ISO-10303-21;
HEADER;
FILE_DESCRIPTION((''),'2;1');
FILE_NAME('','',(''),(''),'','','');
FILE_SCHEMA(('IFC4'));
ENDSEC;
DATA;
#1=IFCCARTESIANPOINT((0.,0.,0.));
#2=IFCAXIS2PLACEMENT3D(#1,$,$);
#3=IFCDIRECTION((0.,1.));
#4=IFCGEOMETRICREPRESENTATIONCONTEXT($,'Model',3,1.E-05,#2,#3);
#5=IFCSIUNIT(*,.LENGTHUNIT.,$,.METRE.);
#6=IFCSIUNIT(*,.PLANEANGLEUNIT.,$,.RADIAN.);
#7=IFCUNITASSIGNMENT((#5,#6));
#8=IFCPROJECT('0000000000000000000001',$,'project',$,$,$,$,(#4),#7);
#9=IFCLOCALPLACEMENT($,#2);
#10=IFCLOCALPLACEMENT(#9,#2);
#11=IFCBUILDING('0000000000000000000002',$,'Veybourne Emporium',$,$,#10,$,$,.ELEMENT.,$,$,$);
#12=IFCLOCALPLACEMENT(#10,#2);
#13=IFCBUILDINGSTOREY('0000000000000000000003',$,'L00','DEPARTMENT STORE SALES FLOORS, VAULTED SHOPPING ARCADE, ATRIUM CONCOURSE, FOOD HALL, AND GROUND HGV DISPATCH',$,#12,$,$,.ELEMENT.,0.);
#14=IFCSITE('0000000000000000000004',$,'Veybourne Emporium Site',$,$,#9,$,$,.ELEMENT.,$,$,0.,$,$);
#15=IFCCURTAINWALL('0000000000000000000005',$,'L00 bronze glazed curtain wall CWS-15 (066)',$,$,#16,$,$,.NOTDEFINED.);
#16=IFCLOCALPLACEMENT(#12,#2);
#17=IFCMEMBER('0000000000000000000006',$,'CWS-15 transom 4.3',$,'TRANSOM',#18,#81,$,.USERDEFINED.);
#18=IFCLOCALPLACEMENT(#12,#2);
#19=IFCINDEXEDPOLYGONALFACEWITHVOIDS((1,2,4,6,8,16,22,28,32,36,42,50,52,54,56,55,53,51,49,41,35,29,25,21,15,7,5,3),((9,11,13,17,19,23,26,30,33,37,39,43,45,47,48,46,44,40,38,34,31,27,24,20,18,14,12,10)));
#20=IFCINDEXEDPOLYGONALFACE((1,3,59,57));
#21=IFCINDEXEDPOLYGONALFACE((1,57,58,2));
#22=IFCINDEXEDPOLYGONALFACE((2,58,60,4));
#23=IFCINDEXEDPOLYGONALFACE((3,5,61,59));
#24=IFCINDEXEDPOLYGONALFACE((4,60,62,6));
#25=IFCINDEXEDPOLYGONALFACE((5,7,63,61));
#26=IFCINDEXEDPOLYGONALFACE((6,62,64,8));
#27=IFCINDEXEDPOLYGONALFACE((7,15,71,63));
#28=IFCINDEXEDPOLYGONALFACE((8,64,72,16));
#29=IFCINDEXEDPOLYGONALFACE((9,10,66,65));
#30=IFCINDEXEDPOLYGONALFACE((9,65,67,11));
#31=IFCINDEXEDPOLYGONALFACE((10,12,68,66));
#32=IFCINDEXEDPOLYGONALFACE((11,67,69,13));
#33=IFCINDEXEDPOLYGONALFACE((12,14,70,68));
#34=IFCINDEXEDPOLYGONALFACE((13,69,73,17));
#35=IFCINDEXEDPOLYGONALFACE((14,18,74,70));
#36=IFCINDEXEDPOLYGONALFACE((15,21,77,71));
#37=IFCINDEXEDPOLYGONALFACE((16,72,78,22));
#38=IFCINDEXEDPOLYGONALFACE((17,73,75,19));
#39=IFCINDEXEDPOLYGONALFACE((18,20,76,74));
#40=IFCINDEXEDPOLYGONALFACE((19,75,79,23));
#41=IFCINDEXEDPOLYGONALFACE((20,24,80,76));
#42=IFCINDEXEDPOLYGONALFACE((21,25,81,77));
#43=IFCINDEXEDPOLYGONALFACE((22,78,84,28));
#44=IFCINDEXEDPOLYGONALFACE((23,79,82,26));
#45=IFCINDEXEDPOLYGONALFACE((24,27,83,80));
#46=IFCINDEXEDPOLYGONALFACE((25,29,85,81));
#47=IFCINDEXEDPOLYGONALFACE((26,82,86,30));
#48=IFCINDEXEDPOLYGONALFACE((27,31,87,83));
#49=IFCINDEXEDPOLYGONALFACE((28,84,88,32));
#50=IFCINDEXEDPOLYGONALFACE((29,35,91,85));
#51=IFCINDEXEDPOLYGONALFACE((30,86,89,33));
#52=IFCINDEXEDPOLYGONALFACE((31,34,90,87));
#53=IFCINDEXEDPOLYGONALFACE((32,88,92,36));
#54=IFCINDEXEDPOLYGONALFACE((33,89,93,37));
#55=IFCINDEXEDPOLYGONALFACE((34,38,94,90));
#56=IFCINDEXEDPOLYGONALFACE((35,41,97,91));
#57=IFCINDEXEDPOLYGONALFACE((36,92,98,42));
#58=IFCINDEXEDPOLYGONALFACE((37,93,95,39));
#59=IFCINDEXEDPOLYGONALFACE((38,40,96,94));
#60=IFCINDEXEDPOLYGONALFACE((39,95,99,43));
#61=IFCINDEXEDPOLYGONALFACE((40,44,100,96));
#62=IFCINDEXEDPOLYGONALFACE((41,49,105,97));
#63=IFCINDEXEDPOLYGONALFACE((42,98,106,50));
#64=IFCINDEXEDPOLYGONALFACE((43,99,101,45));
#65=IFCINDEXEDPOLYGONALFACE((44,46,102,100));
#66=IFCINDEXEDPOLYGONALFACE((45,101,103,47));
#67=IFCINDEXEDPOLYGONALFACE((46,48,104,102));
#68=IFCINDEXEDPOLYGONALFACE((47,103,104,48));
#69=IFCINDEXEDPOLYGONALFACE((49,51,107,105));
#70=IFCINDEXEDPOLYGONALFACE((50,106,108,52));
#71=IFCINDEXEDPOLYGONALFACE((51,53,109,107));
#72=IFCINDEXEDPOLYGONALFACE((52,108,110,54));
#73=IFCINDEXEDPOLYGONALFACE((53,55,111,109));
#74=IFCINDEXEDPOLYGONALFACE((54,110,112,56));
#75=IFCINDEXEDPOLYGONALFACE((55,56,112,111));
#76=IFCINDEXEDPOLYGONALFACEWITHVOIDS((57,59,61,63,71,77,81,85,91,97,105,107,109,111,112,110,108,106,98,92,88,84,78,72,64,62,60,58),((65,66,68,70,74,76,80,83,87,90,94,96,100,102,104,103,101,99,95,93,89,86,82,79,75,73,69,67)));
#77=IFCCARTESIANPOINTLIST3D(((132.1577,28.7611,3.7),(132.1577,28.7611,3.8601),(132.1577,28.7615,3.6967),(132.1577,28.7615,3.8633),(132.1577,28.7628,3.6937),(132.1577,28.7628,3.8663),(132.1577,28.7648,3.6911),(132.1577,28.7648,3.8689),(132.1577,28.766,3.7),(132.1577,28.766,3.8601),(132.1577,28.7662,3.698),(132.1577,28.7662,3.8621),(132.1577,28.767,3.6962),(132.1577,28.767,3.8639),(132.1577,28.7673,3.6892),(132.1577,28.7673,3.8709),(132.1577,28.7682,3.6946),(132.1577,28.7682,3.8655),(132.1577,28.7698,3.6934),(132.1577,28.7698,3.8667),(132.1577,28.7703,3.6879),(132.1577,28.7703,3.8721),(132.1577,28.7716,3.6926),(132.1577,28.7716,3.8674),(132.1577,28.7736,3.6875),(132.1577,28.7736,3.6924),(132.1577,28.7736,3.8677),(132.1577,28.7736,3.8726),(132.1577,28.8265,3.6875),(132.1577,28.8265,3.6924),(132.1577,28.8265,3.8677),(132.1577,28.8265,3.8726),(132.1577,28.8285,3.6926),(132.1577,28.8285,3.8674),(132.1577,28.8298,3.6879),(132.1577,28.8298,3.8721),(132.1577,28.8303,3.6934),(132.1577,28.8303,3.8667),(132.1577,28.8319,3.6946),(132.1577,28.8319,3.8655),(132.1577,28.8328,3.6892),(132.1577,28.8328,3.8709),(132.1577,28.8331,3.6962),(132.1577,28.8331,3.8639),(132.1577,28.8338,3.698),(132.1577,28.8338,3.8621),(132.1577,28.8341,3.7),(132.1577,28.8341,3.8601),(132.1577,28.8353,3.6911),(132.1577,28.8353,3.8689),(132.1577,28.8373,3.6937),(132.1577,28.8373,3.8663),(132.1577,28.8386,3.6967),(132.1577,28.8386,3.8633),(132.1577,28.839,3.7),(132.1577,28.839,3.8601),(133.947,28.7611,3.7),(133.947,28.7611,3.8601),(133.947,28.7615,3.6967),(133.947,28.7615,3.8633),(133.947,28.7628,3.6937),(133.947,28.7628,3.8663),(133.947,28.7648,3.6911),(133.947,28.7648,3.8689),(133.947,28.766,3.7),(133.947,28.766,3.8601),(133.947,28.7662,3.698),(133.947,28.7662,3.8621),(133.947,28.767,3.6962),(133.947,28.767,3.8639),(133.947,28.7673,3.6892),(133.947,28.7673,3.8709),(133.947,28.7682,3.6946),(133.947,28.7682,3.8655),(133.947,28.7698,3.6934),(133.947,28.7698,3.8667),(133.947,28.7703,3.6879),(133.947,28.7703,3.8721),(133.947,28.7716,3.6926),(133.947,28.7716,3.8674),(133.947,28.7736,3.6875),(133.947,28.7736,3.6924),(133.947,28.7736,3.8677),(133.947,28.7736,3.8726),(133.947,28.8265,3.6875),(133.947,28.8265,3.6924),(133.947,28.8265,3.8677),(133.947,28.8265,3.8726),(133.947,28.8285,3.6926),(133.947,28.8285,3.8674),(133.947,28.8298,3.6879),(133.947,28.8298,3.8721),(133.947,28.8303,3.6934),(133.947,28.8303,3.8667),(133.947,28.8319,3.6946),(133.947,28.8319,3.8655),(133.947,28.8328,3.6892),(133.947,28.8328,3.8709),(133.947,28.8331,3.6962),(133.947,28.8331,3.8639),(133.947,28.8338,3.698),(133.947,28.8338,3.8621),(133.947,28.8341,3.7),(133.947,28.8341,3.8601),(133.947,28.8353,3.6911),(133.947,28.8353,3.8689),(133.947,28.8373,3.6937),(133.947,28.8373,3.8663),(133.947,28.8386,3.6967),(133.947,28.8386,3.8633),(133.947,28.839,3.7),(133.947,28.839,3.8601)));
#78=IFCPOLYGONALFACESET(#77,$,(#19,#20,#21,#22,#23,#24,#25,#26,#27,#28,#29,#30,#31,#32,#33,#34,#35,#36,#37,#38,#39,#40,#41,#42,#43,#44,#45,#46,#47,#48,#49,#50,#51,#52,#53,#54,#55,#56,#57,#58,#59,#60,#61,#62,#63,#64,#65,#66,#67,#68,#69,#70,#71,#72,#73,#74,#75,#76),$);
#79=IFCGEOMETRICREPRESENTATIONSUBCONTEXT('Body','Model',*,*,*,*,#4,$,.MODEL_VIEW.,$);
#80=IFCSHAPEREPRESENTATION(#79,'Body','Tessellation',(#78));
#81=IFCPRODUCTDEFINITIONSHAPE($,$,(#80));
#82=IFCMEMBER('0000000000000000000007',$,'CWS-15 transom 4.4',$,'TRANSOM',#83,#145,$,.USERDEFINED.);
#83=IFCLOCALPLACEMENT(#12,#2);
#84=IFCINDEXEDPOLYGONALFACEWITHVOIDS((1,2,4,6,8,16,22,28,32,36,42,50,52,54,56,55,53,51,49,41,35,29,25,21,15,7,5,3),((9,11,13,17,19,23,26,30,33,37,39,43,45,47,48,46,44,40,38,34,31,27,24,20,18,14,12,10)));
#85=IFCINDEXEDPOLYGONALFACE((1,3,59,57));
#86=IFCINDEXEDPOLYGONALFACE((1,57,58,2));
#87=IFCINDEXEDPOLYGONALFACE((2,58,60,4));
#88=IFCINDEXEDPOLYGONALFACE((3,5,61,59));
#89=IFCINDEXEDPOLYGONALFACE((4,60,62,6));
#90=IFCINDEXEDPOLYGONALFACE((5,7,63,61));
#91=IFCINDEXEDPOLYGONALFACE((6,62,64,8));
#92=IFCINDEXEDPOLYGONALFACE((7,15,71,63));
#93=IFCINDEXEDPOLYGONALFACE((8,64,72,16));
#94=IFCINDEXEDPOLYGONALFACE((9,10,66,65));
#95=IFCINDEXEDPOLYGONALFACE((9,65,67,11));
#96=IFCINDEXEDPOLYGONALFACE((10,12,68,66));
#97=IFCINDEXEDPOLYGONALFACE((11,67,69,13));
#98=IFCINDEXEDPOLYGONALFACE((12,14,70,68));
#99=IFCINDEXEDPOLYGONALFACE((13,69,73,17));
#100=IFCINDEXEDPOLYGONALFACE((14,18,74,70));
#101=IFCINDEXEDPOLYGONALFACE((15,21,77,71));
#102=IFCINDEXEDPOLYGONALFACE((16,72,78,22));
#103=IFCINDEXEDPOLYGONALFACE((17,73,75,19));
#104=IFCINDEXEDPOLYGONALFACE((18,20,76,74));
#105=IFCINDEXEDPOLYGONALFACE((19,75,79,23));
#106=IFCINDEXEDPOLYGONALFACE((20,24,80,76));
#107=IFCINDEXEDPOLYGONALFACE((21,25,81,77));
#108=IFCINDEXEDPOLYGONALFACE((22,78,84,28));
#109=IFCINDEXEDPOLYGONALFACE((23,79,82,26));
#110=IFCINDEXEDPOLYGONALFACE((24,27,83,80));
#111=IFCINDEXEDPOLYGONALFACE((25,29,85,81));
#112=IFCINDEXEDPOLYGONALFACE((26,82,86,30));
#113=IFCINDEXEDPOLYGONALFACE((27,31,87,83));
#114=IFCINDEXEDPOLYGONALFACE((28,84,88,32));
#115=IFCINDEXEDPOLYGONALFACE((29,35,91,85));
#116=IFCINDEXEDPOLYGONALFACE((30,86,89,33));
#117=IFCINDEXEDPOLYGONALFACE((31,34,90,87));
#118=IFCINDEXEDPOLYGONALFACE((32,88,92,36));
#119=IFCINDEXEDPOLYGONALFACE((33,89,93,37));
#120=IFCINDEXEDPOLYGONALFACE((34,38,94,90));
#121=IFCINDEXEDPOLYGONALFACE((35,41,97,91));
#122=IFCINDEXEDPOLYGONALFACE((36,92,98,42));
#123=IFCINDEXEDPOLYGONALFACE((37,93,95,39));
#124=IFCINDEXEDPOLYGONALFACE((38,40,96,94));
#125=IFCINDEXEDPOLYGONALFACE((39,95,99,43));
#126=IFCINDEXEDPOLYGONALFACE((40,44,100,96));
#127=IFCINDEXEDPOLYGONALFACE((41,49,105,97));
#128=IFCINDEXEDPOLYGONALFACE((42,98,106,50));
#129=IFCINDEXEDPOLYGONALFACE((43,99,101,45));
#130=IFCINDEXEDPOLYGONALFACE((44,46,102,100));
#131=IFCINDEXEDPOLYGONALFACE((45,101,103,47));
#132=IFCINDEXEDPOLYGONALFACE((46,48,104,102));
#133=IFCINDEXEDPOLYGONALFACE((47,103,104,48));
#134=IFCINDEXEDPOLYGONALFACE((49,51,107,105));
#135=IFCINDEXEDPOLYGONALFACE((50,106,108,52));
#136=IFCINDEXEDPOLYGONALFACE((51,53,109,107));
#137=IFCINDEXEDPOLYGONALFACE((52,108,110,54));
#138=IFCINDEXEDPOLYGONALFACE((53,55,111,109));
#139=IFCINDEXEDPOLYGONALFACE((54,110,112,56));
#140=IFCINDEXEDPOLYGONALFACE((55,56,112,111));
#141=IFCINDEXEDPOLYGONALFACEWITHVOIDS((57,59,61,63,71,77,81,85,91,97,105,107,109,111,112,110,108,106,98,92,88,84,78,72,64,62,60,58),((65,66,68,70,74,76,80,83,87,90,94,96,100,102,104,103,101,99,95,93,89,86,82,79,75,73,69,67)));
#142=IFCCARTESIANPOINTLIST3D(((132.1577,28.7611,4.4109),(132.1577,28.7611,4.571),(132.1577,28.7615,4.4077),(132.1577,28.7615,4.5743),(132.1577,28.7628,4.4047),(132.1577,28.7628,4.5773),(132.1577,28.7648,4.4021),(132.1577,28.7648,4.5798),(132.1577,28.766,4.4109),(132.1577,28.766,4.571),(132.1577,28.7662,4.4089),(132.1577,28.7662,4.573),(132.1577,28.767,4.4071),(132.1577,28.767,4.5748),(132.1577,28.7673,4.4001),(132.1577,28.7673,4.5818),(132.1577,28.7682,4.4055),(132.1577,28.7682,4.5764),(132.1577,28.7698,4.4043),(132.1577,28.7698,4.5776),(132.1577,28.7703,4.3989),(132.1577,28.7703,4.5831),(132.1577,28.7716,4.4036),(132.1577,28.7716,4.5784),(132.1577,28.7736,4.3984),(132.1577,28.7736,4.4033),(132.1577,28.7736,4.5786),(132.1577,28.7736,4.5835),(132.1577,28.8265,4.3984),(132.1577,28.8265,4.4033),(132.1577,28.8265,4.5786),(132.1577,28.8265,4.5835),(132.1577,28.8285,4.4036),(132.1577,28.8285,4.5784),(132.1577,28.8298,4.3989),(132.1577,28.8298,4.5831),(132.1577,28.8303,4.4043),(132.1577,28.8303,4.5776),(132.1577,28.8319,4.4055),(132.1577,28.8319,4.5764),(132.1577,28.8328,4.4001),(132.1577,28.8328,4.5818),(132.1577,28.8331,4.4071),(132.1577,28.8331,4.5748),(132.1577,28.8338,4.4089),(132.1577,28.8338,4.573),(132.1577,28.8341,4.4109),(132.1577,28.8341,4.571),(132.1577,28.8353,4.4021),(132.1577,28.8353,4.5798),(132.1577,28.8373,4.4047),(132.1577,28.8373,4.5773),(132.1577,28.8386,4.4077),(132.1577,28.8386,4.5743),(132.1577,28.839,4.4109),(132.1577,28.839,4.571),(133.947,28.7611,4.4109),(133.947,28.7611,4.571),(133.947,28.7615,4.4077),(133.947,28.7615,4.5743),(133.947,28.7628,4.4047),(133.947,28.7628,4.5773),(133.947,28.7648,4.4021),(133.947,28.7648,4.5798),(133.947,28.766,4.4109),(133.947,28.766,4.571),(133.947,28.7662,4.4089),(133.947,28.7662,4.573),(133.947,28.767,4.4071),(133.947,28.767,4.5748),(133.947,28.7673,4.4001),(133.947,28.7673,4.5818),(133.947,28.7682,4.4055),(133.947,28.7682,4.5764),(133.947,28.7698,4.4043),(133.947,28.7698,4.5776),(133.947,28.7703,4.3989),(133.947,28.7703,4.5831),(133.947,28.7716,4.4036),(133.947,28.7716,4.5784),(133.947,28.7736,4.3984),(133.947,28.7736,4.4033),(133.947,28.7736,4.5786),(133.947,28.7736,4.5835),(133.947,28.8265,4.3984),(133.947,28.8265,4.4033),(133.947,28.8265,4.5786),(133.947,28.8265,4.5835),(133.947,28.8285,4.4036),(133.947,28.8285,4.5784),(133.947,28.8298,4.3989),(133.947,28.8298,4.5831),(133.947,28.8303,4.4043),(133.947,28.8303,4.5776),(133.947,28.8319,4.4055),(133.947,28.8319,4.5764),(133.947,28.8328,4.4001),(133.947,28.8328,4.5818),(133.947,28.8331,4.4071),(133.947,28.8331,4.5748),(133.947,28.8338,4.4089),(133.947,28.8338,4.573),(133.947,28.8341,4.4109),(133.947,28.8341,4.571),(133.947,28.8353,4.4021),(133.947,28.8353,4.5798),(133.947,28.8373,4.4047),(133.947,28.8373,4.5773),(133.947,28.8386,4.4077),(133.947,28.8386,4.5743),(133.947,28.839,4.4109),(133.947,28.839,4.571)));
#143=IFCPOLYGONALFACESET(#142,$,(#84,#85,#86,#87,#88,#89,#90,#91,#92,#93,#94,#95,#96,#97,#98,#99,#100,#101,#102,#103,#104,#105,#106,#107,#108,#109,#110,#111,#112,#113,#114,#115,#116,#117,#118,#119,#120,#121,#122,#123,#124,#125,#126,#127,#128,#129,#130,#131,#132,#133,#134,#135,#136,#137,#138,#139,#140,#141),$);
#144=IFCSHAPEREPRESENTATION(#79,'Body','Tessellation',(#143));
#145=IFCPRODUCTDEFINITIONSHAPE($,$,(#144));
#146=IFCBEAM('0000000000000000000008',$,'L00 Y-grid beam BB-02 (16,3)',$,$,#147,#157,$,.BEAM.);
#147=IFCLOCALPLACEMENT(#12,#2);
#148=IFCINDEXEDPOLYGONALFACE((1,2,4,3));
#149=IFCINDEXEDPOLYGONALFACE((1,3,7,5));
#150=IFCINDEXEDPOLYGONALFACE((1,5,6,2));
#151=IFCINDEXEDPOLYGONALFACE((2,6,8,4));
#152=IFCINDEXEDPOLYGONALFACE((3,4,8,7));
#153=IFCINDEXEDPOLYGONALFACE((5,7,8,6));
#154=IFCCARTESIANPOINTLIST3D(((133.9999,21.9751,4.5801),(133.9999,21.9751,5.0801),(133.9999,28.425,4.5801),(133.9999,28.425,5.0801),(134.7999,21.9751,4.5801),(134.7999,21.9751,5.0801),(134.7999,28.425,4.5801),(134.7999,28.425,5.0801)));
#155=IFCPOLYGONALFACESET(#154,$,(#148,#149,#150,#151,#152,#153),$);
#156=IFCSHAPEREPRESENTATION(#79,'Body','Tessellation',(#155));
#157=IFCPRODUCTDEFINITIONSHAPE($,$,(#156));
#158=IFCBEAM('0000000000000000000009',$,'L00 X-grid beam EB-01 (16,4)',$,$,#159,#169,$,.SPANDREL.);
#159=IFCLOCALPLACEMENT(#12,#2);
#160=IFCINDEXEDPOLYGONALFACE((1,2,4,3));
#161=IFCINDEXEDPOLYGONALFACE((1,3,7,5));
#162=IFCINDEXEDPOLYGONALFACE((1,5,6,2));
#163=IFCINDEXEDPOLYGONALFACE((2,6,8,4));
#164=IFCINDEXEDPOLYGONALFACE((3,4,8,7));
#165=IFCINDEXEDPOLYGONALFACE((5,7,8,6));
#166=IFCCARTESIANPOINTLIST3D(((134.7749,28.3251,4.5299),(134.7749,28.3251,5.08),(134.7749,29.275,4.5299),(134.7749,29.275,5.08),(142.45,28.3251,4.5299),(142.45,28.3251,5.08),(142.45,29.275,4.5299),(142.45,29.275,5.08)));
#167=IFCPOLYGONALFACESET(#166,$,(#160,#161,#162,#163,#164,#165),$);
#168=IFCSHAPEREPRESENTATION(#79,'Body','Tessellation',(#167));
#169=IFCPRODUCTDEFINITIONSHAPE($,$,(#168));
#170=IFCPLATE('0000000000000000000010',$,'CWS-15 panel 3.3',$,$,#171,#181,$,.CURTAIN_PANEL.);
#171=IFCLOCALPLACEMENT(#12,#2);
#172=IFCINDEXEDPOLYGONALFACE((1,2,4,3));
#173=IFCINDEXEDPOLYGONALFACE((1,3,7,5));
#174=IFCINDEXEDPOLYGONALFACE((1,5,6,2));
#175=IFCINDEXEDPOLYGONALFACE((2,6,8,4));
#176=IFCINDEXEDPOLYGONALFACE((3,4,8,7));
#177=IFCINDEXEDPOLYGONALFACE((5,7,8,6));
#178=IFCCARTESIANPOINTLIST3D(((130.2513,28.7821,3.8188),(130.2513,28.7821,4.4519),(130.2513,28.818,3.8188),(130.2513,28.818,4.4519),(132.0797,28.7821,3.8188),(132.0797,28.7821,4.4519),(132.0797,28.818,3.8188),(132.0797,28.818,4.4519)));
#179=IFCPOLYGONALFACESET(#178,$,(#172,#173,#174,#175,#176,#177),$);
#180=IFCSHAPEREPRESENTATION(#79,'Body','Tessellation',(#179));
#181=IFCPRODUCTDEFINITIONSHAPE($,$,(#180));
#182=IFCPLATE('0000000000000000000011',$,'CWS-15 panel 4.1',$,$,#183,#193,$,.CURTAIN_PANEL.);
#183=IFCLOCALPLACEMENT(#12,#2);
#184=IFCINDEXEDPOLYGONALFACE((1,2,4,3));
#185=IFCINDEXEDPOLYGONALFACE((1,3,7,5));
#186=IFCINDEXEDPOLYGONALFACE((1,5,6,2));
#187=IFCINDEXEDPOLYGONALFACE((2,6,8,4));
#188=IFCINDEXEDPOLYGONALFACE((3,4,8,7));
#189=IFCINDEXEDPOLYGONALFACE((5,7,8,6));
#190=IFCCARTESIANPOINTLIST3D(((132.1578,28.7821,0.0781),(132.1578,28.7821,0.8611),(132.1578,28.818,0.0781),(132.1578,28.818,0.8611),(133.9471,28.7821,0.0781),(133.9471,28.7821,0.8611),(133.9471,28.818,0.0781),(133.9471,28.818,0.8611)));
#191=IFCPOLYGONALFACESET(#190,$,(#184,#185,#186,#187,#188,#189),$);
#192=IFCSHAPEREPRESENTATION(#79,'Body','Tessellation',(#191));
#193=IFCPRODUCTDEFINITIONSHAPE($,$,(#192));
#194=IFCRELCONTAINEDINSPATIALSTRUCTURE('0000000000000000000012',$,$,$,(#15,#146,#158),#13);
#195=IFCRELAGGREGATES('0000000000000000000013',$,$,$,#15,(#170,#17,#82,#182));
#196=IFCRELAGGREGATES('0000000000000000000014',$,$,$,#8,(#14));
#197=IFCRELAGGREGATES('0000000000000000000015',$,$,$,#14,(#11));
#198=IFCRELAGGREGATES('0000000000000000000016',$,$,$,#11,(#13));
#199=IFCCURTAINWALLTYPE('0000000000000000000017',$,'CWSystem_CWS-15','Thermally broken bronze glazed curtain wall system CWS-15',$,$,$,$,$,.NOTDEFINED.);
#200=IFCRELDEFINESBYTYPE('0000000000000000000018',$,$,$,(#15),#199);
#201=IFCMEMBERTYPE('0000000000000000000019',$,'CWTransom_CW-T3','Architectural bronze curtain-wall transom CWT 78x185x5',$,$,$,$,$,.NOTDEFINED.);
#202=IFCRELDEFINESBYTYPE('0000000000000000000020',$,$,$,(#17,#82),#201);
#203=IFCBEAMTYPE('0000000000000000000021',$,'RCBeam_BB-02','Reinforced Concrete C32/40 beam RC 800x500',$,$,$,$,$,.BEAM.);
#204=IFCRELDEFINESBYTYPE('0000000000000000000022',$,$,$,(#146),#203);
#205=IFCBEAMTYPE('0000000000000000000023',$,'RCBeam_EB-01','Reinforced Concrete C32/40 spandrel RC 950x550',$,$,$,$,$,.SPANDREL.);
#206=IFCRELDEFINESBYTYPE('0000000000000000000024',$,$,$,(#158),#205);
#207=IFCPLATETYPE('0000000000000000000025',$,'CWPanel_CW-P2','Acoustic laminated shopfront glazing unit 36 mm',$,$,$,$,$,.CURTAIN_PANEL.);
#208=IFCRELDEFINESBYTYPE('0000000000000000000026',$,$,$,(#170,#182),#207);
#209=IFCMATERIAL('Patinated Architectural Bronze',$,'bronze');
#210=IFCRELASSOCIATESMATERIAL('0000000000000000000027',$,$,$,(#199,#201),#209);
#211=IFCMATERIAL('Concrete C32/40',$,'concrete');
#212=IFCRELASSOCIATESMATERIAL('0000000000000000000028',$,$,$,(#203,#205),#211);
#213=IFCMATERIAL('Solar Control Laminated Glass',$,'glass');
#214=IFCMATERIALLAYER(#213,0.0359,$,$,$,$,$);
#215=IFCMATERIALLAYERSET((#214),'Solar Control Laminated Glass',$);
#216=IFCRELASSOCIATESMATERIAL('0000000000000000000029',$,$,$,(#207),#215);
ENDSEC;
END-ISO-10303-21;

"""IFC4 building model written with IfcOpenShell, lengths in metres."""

from ifc_helpers import new_model, si_unit, direction, frame, origin, origin_2d, place, context, subcontext, project, spatial, rectangle, hollow_rectangle, extrude, material, layer, layer_set, material_profile, profile_set, type_object, element, aggregate, save


model = new_model("IFC4")

# Units and contexts
model_context = context("Model", 3, precision=1e-05, world=origin(), true_north=direction((0.0, 1.0)))
body_context = subcontext(model_context, "Body", "Model", "MODEL_VIEW")
ifc_project = project(units=[si_unit("LENGTHUNIT", "METRE"), si_unit("PLANEANGLEUNIT", "RADIAN")], contexts=[model_context])

# Site, building, storey
site_placement = place(None, origin())
site = spatial("IfcSite", under=ifc_project, at=site_placement, Name="Veybourne Emporium Site", CompositionType="ELEMENT", RefElevation=0.0)
building_placement = place(site_placement, origin())
building = spatial("IfcBuilding", under=site, at=building_placement, Name="Veybourne Emporium", CompositionType="ELEMENT")
storey_placement = place(building_placement, origin())
storey = spatial("IfcBuildingStorey", under=building, at=storey_placement, Name="L00", Description="DEPARTMENT STORE SALES FLOORS, VAULTED SHOPPING ARCADE, ATRIUM CONCOURSE, FOOD HALL, AND GROUND HGV DISPATCH", CompositionType="ELEMENT", Elevation=0.0)

# Curtain wall, members
ifc_material_1 = material(Name="Patinated Architectural Bronze", Category="bronze")
curtain_wall_type = type_object("IfcCurtainWallType", Name="CWSystem_CWS-15", Description="Thermally broken bronze glazed curtain wall system CWS-15", PredefinedType="NOTDEFINED", material=ifc_material_1)
curtain_wall_placement = place(storey_placement, origin())
curtain_wall = element("IfcCurtainWall", 1, at=curtain_wall_placement, inside=storey, type_object=curtain_wall_type, Name="L00 bronze glazed curtain wall CWS-15 (066)", PredefinedType="NOTDEFINED")
ifc_material_profile_1 = material_profile(ifc_material_1, hollow_rectangle(XDim=0.0779, YDim=0.1851, WallThickness=0.0049, InnerFilletRadius=0.0076, OuterFilletRadius=0.0125, at=origin_2d()), Name="CWT 78x185x5")
ifc_profile_set_1 = profile_set([ifc_material_profile_1], Name="Patinated Architectural Bronze")
member_type_1 = type_object("IfcMemberType", Name="CWTransom_CW-T3", Description="Architectural bronze curtain-wall transom CWT 78x185x5", PredefinedType="NOTDEFINED", material=ifc_profile_set_1)
member_1_placement = place(storey_placement, frame((132.1577, 28.8, 3.78), z_axis=(1.0, 0.0, 0.0), x_axis=(0.0, 1.0, 0.0)))
member_1 = element("IfcMember", 2, at=member_1_placement, type_object=member_type_1, Name="CWS-15 transom 4.3", ObjectType="TRANSOM", PredefinedType="USERDEFINED", context=body_context, shape_type="SweptSolid", body=[
    extrude(hollow_rectangle(XDim=0.0779, YDim=0.1851, WallThickness=0.0049, InnerFilletRadius=0.0076, OuterFilletRadius=0.0125, at=origin_2d()), origin(), (0.0, 0.0, 1.0), 1.7893),
])
member_2_placement = place(storey_placement, frame((132.1577, 28.8, 4.491), z_axis=(1.0, 0.0, 0.0), x_axis=(0.0, 1.0, 0.0)))
member_2 = element("IfcMember", 3, at=member_2_placement, type_object=member_type_1, Name="CWS-15 transom 4.4", ObjectType="TRANSOM", PredefinedType="USERDEFINED", context=body_context, shape_type="SweptSolid", body=[
    extrude(hollow_rectangle(XDim=0.0779, YDim=0.1851, WallThickness=0.0049, InnerFilletRadius=0.0076, OuterFilletRadius=0.0125, at=origin_2d()), origin(), (0.0, 0.0, 1.0), 1.7893),
])

# Beams
ifc_material_2 = material(Name="Concrete C32/40", Category="concrete")
ifc_material_profile_2 = material_profile(ifc_material_2, rectangle(XDim=0.8, YDim=0.5, at=origin_2d()), Name="RC 800x500")
ifc_profile_set_2 = profile_set([ifc_material_profile_2], Name="Concrete C32/40")
beam_type_1 = type_object("IfcBeamType", Name="RCBeam_BB-02", Description="Reinforced Concrete C32/40 beam RC 800x500", PredefinedType="BEAM", material=ifc_profile_set_2)
beam_1_placement = place(storey_placement, frame((134.3999, 21.9751, 4.8301), z_axis=(0.0, 1.0, 0.0), x_axis=(-1.0, 0.0, 0.0)))
element("IfcBeam", 4, at=beam_1_placement, inside=storey, type_object=beam_type_1, Name="L00 Y-grid beam BB-02 (16,3)", PredefinedType="BEAM", context=body_context, shape_type="SweptSolid", body=[
    extrude(rectangle(XDim=0.8, YDim=0.5, at=origin_2d()), origin(), (0.0, 0.0, 1.0), 6.45),
])
ifc_material_profile_3 = material_profile(ifc_material_2, rectangle(XDim=0.95, YDim=0.55, at=origin_2d()), Name="RC 950x550")
ifc_profile_set_3 = profile_set([ifc_material_profile_3], Name="Concrete C32/40")
beam_type_2 = type_object("IfcBeamType", Name="RCBeam_EB-01", Description="Reinforced Concrete C32/40 spandrel RC 950x550", PredefinedType="SPANDREL", material=ifc_profile_set_3)
beam_2_placement = place(storey_placement, frame((134.7749, 28.8, 4.8049), z_axis=(1.0, 0.0, 0.0), x_axis=(0.0, 1.0, 0.0)))
element("IfcBeam", 5, at=beam_2_placement, inside=storey, type_object=beam_type_2, Name="L00 X-grid beam EB-01 (16,4)", PredefinedType="SPANDREL", context=body_context, shape_type="SweptSolid", body=[
    extrude(rectangle(XDim=0.95, YDim=0.55, at=origin_2d()), origin(), (0.0, 0.0, 1.0), 7.675),
])

# Plates
ifc_material_3 = material(Name="Solar Control Laminated Glass", Category="glass")
ifc_layer_1 = layer(ifc_material_3, 0.0359)
ifc_layer_set_1 = layer_set([ifc_layer_1], Name="Solar Control Laminated Glass")
plate_type = type_object("IfcPlateType", Name="CWPanel_CW-P2", Description="Acoustic laminated shopfront glazing unit 36 mm", PredefinedType="CURTAIN_PANEL", material=ifc_layer_set_1)
plate_1_placement = place(storey_placement, frame((131.1655, 28.8, 3.8188), z_axis=(0.0, 0.0, 1.0), x_axis=(1.0, 0.0, 0.0)))
plate_1 = element("IfcPlate", 6, at=plate_1_placement, type_object=plate_type, Name="CWS-15 panel 3.3", PredefinedType="CURTAIN_PANEL", context=body_context, shape_type="SweptSolid", body=[
    extrude(rectangle(XDim=1.8284, YDim=0.0359, at=origin_2d()), origin(), (0.0, 0.0, 1.0), 0.6331),
])
plate_2_placement = place(storey_placement, frame((133.0525, 28.8, 0.0781), z_axis=(0.0, 0.0, 1.0), x_axis=(1.0, 0.0, 0.0)))
plate_2 = element("IfcPlate", 7, at=plate_2_placement, type_object=plate_type, Name="CWS-15 panel 4.1", PredefinedType="CURTAIN_PANEL", context=body_context, shape_type="SweptSolid", body=[
    extrude(rectangle(XDim=1.7893, YDim=0.0359, at=origin_2d()), origin(), (0.0, 0.0, 1.0), 0.783),
])
aggregate(curtain_wall, [plate_1, member_1, member_2, plate_2])

save(model, "model.ifc")
